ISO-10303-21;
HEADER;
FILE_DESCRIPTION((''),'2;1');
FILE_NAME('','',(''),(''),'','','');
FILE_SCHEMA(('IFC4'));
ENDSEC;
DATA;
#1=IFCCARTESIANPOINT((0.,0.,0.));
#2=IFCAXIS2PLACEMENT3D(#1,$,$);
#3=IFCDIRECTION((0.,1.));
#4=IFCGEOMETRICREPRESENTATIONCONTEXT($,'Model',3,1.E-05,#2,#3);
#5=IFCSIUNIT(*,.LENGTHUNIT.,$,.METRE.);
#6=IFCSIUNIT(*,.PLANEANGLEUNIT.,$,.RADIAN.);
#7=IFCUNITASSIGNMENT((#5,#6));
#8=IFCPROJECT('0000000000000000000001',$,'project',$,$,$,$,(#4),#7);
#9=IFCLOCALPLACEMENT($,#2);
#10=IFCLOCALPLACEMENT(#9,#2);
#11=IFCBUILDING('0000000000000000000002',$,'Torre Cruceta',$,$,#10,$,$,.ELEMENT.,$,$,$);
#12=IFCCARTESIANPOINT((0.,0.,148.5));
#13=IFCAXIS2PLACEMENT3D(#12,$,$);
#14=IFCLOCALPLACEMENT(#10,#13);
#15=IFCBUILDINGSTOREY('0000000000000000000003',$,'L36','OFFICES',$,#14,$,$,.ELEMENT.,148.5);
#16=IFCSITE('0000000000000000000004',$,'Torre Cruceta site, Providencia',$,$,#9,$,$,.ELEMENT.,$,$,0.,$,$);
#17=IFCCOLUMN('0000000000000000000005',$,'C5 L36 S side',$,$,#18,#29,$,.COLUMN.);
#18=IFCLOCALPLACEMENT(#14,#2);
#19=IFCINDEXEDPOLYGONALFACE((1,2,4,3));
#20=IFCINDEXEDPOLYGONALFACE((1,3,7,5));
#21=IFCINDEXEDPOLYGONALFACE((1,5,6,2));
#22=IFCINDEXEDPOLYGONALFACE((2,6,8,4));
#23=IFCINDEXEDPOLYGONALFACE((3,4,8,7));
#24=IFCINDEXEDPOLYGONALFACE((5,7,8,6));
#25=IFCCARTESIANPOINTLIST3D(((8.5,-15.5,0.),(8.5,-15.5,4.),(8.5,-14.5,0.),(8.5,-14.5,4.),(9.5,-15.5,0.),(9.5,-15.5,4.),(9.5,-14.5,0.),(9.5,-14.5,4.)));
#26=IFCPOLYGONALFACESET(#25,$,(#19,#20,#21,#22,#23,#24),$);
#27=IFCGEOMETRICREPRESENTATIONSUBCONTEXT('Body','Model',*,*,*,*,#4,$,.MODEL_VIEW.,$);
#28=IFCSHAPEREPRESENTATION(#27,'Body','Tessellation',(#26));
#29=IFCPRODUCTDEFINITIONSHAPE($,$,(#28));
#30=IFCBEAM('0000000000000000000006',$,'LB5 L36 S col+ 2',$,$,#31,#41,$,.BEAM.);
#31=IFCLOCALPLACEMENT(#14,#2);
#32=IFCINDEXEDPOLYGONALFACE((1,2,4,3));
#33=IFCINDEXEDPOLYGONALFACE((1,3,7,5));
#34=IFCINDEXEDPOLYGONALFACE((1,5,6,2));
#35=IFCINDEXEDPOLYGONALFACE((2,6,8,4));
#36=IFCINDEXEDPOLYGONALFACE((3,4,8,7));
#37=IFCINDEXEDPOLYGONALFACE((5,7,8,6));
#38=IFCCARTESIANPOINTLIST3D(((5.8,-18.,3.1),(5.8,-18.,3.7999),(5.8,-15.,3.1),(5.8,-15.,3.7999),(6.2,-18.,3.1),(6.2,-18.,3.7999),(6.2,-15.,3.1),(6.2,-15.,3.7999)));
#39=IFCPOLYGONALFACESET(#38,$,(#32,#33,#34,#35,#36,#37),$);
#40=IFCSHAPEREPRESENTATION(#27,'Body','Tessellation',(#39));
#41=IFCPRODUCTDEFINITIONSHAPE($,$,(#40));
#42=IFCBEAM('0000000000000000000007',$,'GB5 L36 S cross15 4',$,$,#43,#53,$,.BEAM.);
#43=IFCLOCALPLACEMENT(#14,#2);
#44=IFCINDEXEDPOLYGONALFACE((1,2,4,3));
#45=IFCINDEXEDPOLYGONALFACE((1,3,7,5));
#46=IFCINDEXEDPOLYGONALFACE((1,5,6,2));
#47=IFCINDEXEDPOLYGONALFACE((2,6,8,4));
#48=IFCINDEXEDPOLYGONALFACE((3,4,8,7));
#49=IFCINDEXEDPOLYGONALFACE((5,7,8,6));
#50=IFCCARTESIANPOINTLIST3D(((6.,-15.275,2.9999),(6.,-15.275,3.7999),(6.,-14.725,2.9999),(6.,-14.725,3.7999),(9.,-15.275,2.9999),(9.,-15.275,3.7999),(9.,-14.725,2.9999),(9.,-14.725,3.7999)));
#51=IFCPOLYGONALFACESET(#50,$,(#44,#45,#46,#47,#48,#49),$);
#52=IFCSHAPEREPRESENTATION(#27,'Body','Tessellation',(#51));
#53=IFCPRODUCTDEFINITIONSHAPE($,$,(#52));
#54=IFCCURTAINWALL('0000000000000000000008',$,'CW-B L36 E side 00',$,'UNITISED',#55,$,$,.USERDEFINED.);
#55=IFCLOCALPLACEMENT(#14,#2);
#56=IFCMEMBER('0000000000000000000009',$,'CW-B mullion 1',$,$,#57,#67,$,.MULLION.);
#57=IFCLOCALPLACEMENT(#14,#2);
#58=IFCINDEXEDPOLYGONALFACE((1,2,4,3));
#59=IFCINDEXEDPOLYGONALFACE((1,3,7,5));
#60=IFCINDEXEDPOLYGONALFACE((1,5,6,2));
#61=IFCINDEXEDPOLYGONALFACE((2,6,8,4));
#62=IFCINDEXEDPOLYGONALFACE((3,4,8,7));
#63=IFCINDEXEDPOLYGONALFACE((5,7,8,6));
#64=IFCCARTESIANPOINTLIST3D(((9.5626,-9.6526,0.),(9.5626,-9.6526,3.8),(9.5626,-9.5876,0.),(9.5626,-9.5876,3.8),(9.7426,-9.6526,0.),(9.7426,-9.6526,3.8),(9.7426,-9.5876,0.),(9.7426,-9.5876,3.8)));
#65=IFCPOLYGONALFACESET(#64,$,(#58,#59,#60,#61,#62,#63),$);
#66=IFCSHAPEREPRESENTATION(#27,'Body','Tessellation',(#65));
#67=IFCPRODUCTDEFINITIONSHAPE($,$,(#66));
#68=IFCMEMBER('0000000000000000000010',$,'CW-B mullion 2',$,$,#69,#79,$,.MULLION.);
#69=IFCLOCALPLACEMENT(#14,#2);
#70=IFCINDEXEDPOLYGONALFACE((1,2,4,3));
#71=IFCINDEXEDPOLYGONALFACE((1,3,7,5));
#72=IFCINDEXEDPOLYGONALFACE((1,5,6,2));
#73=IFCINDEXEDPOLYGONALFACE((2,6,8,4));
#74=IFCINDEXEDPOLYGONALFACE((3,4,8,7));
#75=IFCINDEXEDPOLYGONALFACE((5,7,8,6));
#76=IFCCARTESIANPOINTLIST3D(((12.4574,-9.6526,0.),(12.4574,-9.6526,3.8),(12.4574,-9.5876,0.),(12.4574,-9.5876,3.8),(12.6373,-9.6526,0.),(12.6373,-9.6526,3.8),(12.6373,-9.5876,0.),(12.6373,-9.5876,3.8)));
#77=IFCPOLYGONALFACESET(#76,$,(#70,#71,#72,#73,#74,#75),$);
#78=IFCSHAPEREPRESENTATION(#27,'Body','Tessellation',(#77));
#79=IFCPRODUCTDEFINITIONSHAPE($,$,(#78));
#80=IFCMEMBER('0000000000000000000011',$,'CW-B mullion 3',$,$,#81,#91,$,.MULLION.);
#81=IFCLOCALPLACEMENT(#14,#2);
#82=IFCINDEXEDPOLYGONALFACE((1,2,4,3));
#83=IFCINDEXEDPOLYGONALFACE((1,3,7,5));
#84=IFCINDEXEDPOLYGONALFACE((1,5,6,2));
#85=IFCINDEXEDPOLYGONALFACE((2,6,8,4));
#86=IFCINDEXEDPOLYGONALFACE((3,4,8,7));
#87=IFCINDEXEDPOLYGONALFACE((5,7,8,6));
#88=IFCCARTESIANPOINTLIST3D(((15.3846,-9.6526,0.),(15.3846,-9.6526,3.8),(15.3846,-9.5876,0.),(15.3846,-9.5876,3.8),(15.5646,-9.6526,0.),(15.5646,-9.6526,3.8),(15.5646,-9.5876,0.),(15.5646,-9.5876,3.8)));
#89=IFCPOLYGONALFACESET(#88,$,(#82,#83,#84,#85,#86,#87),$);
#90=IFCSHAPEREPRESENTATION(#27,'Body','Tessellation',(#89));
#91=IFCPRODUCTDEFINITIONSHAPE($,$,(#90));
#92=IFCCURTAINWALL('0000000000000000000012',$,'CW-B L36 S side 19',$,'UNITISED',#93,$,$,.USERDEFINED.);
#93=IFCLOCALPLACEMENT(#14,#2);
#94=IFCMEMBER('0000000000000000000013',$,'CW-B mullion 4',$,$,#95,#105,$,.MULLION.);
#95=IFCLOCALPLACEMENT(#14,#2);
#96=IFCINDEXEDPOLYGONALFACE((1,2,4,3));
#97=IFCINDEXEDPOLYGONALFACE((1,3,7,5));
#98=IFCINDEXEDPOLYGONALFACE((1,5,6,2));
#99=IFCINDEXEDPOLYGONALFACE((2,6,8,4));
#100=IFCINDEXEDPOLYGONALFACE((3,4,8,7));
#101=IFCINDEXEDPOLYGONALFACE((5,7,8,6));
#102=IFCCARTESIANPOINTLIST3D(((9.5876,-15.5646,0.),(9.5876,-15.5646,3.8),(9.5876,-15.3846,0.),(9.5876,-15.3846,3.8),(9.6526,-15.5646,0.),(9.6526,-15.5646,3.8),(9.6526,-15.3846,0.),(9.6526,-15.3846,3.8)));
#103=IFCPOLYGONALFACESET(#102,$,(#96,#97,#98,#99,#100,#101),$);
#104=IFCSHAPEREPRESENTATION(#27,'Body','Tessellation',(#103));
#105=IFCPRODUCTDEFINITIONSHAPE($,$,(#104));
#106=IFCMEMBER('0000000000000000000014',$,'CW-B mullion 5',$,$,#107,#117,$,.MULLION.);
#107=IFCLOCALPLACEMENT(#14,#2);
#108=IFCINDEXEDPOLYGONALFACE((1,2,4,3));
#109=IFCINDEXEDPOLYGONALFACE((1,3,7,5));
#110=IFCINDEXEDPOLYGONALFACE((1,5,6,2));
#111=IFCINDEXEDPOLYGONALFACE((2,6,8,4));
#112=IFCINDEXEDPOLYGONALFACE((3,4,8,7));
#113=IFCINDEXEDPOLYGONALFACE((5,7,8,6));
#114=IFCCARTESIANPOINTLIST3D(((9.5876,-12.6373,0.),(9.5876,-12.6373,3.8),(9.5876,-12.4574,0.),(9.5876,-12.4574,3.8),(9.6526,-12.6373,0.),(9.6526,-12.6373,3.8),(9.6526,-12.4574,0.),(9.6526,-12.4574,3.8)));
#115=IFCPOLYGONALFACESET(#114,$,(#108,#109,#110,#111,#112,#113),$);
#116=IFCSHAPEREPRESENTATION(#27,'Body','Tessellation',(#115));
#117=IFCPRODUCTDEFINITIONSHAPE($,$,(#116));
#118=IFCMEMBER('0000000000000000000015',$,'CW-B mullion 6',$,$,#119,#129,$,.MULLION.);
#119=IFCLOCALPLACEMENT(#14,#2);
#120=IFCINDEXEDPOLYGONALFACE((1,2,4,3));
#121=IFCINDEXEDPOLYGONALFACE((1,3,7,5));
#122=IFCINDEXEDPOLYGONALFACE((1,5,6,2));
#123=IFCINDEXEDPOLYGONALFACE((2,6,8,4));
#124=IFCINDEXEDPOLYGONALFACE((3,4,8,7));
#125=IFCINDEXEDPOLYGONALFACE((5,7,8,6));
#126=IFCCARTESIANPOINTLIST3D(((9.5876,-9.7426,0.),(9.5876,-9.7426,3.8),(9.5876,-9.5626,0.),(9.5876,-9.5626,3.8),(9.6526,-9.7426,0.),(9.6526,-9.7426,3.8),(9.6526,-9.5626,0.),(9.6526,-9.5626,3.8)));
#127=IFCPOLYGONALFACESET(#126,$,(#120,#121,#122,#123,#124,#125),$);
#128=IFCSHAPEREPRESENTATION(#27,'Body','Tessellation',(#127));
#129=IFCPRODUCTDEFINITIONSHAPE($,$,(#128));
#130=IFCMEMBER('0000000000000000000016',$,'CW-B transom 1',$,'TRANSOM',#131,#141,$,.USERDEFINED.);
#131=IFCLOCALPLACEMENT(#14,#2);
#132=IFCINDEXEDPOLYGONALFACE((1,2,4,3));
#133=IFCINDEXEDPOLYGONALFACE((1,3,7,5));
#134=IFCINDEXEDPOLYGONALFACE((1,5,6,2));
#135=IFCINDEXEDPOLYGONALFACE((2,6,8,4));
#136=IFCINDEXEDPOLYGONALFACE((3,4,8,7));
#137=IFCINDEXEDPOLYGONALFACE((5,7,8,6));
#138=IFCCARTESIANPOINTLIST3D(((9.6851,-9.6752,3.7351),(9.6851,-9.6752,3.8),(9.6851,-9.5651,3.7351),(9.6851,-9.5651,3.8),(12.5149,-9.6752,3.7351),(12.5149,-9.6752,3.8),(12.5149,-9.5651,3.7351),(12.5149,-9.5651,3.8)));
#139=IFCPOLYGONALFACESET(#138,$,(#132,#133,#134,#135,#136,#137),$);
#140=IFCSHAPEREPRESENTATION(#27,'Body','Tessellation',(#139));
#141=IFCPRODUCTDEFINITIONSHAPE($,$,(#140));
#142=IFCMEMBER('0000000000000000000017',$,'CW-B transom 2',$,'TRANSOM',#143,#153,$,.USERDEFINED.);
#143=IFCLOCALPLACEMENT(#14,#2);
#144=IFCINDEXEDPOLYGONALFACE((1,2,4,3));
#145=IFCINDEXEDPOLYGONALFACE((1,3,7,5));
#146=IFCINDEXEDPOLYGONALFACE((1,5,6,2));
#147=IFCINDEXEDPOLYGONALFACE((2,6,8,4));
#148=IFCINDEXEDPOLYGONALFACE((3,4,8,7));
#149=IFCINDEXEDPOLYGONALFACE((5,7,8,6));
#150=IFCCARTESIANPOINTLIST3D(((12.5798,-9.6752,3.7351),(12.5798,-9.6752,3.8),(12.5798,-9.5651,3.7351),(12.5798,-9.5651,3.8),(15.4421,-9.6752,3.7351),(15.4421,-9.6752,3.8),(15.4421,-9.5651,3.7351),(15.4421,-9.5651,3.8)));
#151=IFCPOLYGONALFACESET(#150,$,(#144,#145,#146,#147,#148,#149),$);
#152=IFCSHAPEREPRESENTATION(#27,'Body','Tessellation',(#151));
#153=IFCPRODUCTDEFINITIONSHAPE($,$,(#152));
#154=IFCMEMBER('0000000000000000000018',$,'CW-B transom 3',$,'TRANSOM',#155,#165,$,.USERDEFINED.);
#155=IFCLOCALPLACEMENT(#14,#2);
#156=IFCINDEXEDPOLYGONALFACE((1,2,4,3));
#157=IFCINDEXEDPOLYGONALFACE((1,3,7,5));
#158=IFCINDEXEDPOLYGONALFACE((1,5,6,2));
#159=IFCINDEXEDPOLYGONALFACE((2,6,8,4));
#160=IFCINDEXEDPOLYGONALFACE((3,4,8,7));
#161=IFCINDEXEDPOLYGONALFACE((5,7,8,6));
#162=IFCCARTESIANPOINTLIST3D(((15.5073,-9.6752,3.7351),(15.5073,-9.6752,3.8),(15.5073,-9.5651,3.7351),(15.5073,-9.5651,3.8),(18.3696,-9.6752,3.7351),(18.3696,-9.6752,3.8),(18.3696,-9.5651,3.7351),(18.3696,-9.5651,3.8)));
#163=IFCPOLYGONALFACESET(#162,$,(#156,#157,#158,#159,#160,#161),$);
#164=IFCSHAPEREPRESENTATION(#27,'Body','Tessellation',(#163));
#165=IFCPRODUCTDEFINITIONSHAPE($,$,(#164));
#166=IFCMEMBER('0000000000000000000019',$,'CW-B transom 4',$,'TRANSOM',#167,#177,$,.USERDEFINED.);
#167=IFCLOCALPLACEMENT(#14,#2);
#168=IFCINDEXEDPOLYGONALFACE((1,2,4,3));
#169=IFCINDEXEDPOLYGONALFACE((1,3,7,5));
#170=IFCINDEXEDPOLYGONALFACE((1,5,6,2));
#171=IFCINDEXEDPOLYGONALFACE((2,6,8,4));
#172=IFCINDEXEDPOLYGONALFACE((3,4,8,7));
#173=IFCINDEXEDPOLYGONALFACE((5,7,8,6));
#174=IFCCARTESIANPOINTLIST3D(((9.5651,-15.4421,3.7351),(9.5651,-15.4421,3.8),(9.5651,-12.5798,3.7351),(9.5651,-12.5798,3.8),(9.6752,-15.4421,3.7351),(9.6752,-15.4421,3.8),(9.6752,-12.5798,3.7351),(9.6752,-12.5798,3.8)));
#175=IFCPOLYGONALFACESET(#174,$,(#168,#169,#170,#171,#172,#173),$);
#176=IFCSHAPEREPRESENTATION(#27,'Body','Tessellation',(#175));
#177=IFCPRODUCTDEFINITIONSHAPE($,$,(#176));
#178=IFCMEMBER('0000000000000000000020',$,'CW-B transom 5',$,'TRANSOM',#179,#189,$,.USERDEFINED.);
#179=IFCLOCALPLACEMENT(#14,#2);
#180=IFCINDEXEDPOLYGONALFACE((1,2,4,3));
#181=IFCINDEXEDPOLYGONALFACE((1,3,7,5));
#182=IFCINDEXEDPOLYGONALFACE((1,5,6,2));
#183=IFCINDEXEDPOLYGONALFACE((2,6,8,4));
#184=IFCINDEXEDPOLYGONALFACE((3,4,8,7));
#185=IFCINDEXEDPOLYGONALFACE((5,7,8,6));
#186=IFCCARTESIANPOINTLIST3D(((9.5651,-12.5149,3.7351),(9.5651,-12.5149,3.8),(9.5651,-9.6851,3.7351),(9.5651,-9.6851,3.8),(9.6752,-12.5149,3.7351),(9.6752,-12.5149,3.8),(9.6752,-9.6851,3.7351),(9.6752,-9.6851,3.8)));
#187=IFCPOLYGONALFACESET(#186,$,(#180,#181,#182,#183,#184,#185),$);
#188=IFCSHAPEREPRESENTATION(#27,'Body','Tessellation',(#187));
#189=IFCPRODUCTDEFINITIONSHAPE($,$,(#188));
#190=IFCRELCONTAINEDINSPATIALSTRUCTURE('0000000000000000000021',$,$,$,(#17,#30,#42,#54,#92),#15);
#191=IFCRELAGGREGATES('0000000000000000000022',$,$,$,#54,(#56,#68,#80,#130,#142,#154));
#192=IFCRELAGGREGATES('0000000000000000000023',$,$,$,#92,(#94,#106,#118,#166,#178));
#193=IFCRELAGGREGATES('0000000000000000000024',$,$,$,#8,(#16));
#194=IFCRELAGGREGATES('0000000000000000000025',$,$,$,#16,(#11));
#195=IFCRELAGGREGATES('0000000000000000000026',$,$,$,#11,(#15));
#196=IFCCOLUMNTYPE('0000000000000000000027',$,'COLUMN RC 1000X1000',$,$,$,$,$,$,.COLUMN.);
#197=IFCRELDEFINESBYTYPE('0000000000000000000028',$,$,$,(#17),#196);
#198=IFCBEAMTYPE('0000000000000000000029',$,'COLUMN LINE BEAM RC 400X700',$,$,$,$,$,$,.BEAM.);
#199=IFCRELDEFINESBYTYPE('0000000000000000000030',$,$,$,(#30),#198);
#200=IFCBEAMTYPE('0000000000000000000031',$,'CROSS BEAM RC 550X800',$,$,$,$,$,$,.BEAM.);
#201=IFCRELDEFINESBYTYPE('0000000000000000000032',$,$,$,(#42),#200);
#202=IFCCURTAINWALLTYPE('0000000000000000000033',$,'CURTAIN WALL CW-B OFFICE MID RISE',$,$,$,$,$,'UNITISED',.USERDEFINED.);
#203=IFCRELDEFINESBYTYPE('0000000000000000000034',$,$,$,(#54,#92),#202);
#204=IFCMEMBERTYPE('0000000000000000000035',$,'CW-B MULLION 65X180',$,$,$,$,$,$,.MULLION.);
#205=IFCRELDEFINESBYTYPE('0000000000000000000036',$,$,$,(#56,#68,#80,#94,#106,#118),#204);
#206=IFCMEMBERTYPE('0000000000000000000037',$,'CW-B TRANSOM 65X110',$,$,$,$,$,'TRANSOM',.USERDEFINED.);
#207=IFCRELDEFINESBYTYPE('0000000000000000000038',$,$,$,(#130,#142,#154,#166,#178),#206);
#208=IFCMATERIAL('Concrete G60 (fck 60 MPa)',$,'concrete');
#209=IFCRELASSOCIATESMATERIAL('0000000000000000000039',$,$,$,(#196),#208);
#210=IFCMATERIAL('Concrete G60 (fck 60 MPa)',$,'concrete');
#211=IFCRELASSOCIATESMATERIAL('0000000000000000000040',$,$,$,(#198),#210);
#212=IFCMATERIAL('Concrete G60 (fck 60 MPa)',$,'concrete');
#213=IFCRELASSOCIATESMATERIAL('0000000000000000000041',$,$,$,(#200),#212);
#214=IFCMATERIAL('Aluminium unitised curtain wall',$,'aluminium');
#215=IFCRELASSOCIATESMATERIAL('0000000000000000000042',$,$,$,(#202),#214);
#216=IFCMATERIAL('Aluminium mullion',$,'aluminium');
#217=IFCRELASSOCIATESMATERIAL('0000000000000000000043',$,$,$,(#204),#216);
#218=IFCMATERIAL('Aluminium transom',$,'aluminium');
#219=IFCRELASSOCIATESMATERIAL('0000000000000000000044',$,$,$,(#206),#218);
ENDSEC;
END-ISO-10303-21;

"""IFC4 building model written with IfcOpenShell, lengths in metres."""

from ifc_helpers import new_model, si_unit, direction, frame, origin, origin_2d, place, context, subcontext, project, spatial, rectangle, extrude, material, material_profile, profile_set, type_object, element, aggregate, save


model = new_model("IFC4")

# Units and contexts
model_context = context("Model", 3, precision=1e-05, world=origin(), true_north=direction((0.0, 1.0)))
body_context = subcontext(model_context, "Body", "Model", "MODEL_VIEW")
ifc_project = project(units=[si_unit("LENGTHUNIT", "METRE"), si_unit("PLANEANGLEUNIT", "RADIAN")], contexts=[model_context])

# Site, building, storey
site_placement = place(None, origin())
site = spatial("IfcSite", under=ifc_project, at=site_placement, Name="Torre Cruceta site, Providencia", CompositionType="ELEMENT", RefElevation=0.0)
building_placement = place(site_placement, origin())
building = spatial("IfcBuilding", under=site, at=building_placement, Name="Torre Cruceta", CompositionType="ELEMENT")
storey_placement = place(building_placement, frame((0.0, 0.0, 148.5)))
storey = spatial("IfcBuildingStorey", under=building, at=storey_placement, Name="L36", Description="OFFICES", CompositionType="ELEMENT", Elevation=148.5)

# Column
ifc_material_1 = material(Name="Concrete G60 (fck 60 MPa)", Category="concrete")
ifc_material_profile_1 = material_profile(ifc_material_1, rectangle(XDim=1.0, YDim=1.0, at=origin_2d()), Name="RC 1000X1000")
ifc_profile_set_1 = profile_set([ifc_material_profile_1], Name="Concrete G60 (fck 60 MPa)")
column_type = type_object("IfcColumnType", Name="COLUMN RC 1000X1000", PredefinedType="COLUMN", material=ifc_profile_set_1)
column_placement = place(storey_placement, frame((9.0, -15.0, 0.0), z_axis=(0.0, 0.0, 1.0), x_axis=(1.0, 0.0, 0.0)))
element("IfcColumn", 1, at=column_placement, inside=storey, type_object=column_type, Name="C5 L36 S side", PredefinedType="COLUMN", context=body_context, shape_type="SweptSolid", body=[
    extrude(rectangle(XDim=1.0, YDim=1.0, at=origin_2d()), origin(), (0.0, 0.0, 1.0), 4.0),
])

# Beams
ifc_material_2 = material(Name="Concrete G60 (fck 60 MPa)", Category="concrete")
ifc_material_profile_2 = material_profile(ifc_material_2, rectangle(XDim=0.3999, YDim=0.7, at=origin_2d()), Name="RC 400X700")
ifc_profile_set_2 = profile_set([ifc_material_profile_2], Name="Concrete G60 (fck 60 MPa)")
beam_type_1 = type_object("IfcBeamType", Name="COLUMN LINE BEAM RC 400X700", PredefinedType="BEAM", material=ifc_profile_set_2)
beam_1_placement = place(storey_placement, frame((6.0, -15.0, 3.45), z_axis=(0.0, -1.0, 0.0), x_axis=(1.0, 0.0, 0.0)))
element("IfcBeam", 2, at=beam_1_placement, inside=storey, type_object=beam_type_1, Name="LB5 L36 S col+ 2", PredefinedType="BEAM", context=body_context, shape_type="SweptSolid", body=[
    extrude(rectangle(XDim=0.3999, YDim=0.7, at=origin_2d()), origin(), (0.0, 0.0, 1.0), 3.0),
])
ifc_material_3 = material(Name="Concrete G60 (fck 60 MPa)", Category="concrete")
ifc_material_profile_3 = material_profile(ifc_material_3, rectangle(XDim=0.55, YDim=0.8, at=origin_2d()), Name="RC 550X800")
ifc_profile_set_3 = profile_set([ifc_material_profile_3], Name="Concrete G60 (fck 60 MPa)")
beam_type_2 = type_object("IfcBeamType", Name="CROSS BEAM RC 550X800", PredefinedType="BEAM", material=ifc_profile_set_3)
beam_2_placement = place(storey_placement, frame((6.0, -15.0, 3.3999), z_axis=(1.0, 0.0, 0.0), x_axis=(0.0, 1.0, 0.0)))
element("IfcBeam", 3, at=beam_2_placement, inside=storey, type_object=beam_type_2, Name="GB5 L36 S cross15 4", PredefinedType="BEAM", context=body_context, shape_type="SweptSolid", body=[
    extrude(rectangle(XDim=0.55, YDim=0.8, at=origin_2d()), origin(), (0.0, 0.0, 1.0), 3.0),
])

# Curtain walls, members
ifc_material_4 = material(Name="Aluminium unitised curtain wall", Category="aluminium")
curtain_wall_type = type_object("IfcCurtainWallType", Name="CURTAIN WALL CW-B OFFICE MID RISE", ElementType="UNITISED", PredefinedType="USERDEFINED", material=ifc_material_4)
curtain_wall_1_placement = place(storey_placement, origin())
curtain_wall_1 = element("IfcCurtainWall", 4, at=curtain_wall_1_placement, inside=storey, type_object=curtain_wall_type, Name="CW-B L36 E side 00", ObjectType="UNITISED", PredefinedType="USERDEFINED")
ifc_material_5 = material(Name="Aluminium mullion", Category="aluminium")
ifc_material_profile_4 = material_profile(ifc_material_5, rectangle(XDim=0.0649, YDim=0.1799, at=origin_2d()), Name="AL 65X180")
ifc_profile_set_4 = profile_set([ifc_material_profile_4], Name="Aluminium mullion")
member_type_1 = type_object("IfcMemberType", Name="CW-B MULLION 65X180", PredefinedType="MULLION", material=ifc_profile_set_4)
member_1_placement = place(storey_placement, frame((9.6526, -9.6201, 0.0), z_axis=(0.0, 0.0, 1.0), x_axis=(0.0, 1.0, 0.0)))
member_1 = element("IfcMember", 5, at=member_1_placement, type_object=member_type_1, Name="CW-B mullion 1", PredefinedType="MULLION", context=body_context, shape_type="SweptSolid", body=[
    extrude(rectangle(XDim=0.0649, YDim=0.1799, at=origin_2d()), origin(), (0.0, 0.0, 1.0), 3.8),
])
member_2_placement = place(storey_placement, frame((12.5474, -9.6201, 0.0), z_axis=(0.0, 0.0, 1.0), x_axis=(0.0, 1.0, 0.0)))
member_2 = element("IfcMember", 6, at=member_2_placement, type_object=member_type_1, Name="CW-B mullion 2", PredefinedType="MULLION", context=body_context, shape_type="SweptSolid", body=[
    extrude(rectangle(XDim=0.0649, YDim=0.1799, at=origin_2d()), origin(), (0.0, 0.0, 1.0), 3.8),
])
member_3_placement = place(storey_placement, frame((15.4746, -9.6201, 0.0), z_axis=(0.0, 0.0, 1.0), x_axis=(0.0, 1.0, 0.0)))
member_3 = element("IfcMember", 7, at=member_3_placement, type_object=member_type_1, Name="CW-B mullion 3", PredefinedType="MULLION", context=body_context, shape_type="SweptSolid", body=[
    extrude(rectangle(XDim=0.0649, YDim=0.1799, at=origin_2d()), origin(), (0.0, 0.0, 1.0), 3.8),
])
curtain_wall_2_placement = place(storey_placement, origin())
curtain_wall_2 = element("IfcCurtainWall", 8, at=curtain_wall_2_placement, inside=storey, type_object=curtain_wall_type, Name="CW-B L36 S side 19", ObjectType="UNITISED", PredefinedType="USERDEFINED")
member_4_placement = place(storey_placement, frame((9.6201, -15.4746, 0.0), z_axis=(0.0, 0.0, 1.0), x_axis=(-1.0, 0.0, 0.0)))
member_4 = element("IfcMember", 9, at=member_4_placement, type_object=member_type_1, Name="CW-B mullion 4", PredefinedType="MULLION", context=body_context, shape_type="SweptSolid", body=[
    extrude(rectangle(XDim=0.0649, YDim=0.1799, at=origin_2d()), origin(), (0.0, 0.0, 1.0), 3.8),
])
member_5_placement = place(storey_placement, frame((9.6201, -12.5474, 0.0), z_axis=(0.0, 0.0, 1.0), x_axis=(-1.0, 0.0, 0.0)))
member_5 = element("IfcMember", 10, at=member_5_placement, type_object=member_type_1, Name="CW-B mullion 5", PredefinedType="MULLION", context=body_context, shape_type="SweptSolid", body=[
    extrude(rectangle(XDim=0.0649, YDim=0.1799, at=origin_2d()), origin(), (0.0, 0.0, 1.0), 3.8),
])
member_6_placement = place(storey_placement, frame((9.6201, -9.6526, 0.0), z_axis=(0.0, 0.0, 1.0), x_axis=(-1.0, 0.0, 0.0)))
member_6 = element("IfcMember", 11, at=member_6_placement, type_object=member_type_1, Name="CW-B mullion 6", PredefinedType="MULLION", context=body_context, shape_type="SweptSolid", body=[
    extrude(rectangle(XDim=0.0649, YDim=0.1799, at=origin_2d()), origin(), (0.0, 0.0, 1.0), 3.8),
])

# Members
ifc_material_6 = material(Name="Aluminium transom", Category="aluminium")
ifc_material_profile_5 = material_profile(ifc_material_6, rectangle(XDim=0.1101, YDim=0.0649, at=origin_2d()), Name="AL 110X65")
ifc_profile_set_5 = profile_set([ifc_material_profile_5], Name="Aluminium transom")
member_type_2 = type_object("IfcMemberType", Name="CW-B TRANSOM 65X110", ElementType="TRANSOM", PredefinedType="USERDEFINED", material=ifc_profile_set_5)
member_7_placement = place(storey_placement, frame((9.6851, -9.6201, 3.7676), z_axis=(1.0, 0.0, 0.0), x_axis=(0.0, 1.0, 0.0)))
member_7 = element("IfcMember", 12, at=member_7_placement, type_object=member_type_2, Name="CW-B transom 1", ObjectType="TRANSOM", PredefinedType="USERDEFINED", context=body_context, shape_type="SweptSolid", body=[
    extrude(rectangle(XDim=0.1101, YDim=0.0649, at=origin_2d()), origin(), (0.0, 0.0, 1.0), 2.8298),
])
member_8_placement = place(storey_placement, frame((12.5798, -9.6201, 3.7676), z_axis=(1.0, 0.0, 0.0), x_axis=(0.0, 1.0, 0.0)))
member_8 = element("IfcMember", 13, at=member_8_placement, type_object=member_type_2, Name="CW-B transom 2", ObjectType="TRANSOM", PredefinedType="USERDEFINED", context=body_context, shape_type="SweptSolid", body=[
    extrude(rectangle(XDim=0.1101, YDim=0.0649, at=origin_2d()), origin(), (0.0, 0.0, 1.0), 2.8623),
])
member_9_placement = place(storey_placement, frame((15.5073, -9.6201, 3.7676), z_axis=(1.0, 0.0, 0.0), x_axis=(0.0, 1.0, 0.0)))
member_9 = element("IfcMember", 14, at=member_9_placement, type_object=member_type_2, Name="CW-B transom 3", ObjectType="TRANSOM", PredefinedType="USERDEFINED", context=body_context, shape_type="SweptSolid", body=[
    extrude(rectangle(XDim=0.1101, YDim=0.0649, at=origin_2d()), origin(), (0.0, 0.0, 1.0), 2.8623),
])
member_10_placement = place(storey_placement, frame((9.6201, -15.4421, 3.7676), z_axis=(0.0, 1.0, 0.0), x_axis=(-1.0, 0.0, 0.0)))
member_10 = element("IfcMember", 15, at=member_10_placement, type_object=member_type_2, Name="CW-B transom 4", ObjectType="TRANSOM", PredefinedType="USERDEFINED", context=body_context, shape_type="SweptSolid", body=[
    extrude(rectangle(XDim=0.1101, YDim=0.0649, at=origin_2d()), origin(), (0.0, 0.0, 1.0), 2.8623),
])
member_11_placement = place(storey_placement, frame((9.6201, -12.5149, 3.7676), z_axis=(0.0, 1.0, 0.0), x_axis=(-1.0, 0.0, 0.0)))
member_11 = element("IfcMember", 16, at=member_11_placement, type_object=member_type_2, Name="CW-B transom 5", ObjectType="TRANSOM", PredefinedType="USERDEFINED", context=body_context, shape_type="SweptSolid", body=[
    extrude(rectangle(XDim=0.1101, YDim=0.0649, at=origin_2d()), origin(), (0.0, 0.0, 1.0), 2.8298),
])

aggregate(curtain_wall_1, [member_1, member_2, member_3, member_7, member_8, member_9])
aggregate(curtain_wall_2, [member_4, member_5, member_6, member_10, member_11])

save(model, "model.ifc")
